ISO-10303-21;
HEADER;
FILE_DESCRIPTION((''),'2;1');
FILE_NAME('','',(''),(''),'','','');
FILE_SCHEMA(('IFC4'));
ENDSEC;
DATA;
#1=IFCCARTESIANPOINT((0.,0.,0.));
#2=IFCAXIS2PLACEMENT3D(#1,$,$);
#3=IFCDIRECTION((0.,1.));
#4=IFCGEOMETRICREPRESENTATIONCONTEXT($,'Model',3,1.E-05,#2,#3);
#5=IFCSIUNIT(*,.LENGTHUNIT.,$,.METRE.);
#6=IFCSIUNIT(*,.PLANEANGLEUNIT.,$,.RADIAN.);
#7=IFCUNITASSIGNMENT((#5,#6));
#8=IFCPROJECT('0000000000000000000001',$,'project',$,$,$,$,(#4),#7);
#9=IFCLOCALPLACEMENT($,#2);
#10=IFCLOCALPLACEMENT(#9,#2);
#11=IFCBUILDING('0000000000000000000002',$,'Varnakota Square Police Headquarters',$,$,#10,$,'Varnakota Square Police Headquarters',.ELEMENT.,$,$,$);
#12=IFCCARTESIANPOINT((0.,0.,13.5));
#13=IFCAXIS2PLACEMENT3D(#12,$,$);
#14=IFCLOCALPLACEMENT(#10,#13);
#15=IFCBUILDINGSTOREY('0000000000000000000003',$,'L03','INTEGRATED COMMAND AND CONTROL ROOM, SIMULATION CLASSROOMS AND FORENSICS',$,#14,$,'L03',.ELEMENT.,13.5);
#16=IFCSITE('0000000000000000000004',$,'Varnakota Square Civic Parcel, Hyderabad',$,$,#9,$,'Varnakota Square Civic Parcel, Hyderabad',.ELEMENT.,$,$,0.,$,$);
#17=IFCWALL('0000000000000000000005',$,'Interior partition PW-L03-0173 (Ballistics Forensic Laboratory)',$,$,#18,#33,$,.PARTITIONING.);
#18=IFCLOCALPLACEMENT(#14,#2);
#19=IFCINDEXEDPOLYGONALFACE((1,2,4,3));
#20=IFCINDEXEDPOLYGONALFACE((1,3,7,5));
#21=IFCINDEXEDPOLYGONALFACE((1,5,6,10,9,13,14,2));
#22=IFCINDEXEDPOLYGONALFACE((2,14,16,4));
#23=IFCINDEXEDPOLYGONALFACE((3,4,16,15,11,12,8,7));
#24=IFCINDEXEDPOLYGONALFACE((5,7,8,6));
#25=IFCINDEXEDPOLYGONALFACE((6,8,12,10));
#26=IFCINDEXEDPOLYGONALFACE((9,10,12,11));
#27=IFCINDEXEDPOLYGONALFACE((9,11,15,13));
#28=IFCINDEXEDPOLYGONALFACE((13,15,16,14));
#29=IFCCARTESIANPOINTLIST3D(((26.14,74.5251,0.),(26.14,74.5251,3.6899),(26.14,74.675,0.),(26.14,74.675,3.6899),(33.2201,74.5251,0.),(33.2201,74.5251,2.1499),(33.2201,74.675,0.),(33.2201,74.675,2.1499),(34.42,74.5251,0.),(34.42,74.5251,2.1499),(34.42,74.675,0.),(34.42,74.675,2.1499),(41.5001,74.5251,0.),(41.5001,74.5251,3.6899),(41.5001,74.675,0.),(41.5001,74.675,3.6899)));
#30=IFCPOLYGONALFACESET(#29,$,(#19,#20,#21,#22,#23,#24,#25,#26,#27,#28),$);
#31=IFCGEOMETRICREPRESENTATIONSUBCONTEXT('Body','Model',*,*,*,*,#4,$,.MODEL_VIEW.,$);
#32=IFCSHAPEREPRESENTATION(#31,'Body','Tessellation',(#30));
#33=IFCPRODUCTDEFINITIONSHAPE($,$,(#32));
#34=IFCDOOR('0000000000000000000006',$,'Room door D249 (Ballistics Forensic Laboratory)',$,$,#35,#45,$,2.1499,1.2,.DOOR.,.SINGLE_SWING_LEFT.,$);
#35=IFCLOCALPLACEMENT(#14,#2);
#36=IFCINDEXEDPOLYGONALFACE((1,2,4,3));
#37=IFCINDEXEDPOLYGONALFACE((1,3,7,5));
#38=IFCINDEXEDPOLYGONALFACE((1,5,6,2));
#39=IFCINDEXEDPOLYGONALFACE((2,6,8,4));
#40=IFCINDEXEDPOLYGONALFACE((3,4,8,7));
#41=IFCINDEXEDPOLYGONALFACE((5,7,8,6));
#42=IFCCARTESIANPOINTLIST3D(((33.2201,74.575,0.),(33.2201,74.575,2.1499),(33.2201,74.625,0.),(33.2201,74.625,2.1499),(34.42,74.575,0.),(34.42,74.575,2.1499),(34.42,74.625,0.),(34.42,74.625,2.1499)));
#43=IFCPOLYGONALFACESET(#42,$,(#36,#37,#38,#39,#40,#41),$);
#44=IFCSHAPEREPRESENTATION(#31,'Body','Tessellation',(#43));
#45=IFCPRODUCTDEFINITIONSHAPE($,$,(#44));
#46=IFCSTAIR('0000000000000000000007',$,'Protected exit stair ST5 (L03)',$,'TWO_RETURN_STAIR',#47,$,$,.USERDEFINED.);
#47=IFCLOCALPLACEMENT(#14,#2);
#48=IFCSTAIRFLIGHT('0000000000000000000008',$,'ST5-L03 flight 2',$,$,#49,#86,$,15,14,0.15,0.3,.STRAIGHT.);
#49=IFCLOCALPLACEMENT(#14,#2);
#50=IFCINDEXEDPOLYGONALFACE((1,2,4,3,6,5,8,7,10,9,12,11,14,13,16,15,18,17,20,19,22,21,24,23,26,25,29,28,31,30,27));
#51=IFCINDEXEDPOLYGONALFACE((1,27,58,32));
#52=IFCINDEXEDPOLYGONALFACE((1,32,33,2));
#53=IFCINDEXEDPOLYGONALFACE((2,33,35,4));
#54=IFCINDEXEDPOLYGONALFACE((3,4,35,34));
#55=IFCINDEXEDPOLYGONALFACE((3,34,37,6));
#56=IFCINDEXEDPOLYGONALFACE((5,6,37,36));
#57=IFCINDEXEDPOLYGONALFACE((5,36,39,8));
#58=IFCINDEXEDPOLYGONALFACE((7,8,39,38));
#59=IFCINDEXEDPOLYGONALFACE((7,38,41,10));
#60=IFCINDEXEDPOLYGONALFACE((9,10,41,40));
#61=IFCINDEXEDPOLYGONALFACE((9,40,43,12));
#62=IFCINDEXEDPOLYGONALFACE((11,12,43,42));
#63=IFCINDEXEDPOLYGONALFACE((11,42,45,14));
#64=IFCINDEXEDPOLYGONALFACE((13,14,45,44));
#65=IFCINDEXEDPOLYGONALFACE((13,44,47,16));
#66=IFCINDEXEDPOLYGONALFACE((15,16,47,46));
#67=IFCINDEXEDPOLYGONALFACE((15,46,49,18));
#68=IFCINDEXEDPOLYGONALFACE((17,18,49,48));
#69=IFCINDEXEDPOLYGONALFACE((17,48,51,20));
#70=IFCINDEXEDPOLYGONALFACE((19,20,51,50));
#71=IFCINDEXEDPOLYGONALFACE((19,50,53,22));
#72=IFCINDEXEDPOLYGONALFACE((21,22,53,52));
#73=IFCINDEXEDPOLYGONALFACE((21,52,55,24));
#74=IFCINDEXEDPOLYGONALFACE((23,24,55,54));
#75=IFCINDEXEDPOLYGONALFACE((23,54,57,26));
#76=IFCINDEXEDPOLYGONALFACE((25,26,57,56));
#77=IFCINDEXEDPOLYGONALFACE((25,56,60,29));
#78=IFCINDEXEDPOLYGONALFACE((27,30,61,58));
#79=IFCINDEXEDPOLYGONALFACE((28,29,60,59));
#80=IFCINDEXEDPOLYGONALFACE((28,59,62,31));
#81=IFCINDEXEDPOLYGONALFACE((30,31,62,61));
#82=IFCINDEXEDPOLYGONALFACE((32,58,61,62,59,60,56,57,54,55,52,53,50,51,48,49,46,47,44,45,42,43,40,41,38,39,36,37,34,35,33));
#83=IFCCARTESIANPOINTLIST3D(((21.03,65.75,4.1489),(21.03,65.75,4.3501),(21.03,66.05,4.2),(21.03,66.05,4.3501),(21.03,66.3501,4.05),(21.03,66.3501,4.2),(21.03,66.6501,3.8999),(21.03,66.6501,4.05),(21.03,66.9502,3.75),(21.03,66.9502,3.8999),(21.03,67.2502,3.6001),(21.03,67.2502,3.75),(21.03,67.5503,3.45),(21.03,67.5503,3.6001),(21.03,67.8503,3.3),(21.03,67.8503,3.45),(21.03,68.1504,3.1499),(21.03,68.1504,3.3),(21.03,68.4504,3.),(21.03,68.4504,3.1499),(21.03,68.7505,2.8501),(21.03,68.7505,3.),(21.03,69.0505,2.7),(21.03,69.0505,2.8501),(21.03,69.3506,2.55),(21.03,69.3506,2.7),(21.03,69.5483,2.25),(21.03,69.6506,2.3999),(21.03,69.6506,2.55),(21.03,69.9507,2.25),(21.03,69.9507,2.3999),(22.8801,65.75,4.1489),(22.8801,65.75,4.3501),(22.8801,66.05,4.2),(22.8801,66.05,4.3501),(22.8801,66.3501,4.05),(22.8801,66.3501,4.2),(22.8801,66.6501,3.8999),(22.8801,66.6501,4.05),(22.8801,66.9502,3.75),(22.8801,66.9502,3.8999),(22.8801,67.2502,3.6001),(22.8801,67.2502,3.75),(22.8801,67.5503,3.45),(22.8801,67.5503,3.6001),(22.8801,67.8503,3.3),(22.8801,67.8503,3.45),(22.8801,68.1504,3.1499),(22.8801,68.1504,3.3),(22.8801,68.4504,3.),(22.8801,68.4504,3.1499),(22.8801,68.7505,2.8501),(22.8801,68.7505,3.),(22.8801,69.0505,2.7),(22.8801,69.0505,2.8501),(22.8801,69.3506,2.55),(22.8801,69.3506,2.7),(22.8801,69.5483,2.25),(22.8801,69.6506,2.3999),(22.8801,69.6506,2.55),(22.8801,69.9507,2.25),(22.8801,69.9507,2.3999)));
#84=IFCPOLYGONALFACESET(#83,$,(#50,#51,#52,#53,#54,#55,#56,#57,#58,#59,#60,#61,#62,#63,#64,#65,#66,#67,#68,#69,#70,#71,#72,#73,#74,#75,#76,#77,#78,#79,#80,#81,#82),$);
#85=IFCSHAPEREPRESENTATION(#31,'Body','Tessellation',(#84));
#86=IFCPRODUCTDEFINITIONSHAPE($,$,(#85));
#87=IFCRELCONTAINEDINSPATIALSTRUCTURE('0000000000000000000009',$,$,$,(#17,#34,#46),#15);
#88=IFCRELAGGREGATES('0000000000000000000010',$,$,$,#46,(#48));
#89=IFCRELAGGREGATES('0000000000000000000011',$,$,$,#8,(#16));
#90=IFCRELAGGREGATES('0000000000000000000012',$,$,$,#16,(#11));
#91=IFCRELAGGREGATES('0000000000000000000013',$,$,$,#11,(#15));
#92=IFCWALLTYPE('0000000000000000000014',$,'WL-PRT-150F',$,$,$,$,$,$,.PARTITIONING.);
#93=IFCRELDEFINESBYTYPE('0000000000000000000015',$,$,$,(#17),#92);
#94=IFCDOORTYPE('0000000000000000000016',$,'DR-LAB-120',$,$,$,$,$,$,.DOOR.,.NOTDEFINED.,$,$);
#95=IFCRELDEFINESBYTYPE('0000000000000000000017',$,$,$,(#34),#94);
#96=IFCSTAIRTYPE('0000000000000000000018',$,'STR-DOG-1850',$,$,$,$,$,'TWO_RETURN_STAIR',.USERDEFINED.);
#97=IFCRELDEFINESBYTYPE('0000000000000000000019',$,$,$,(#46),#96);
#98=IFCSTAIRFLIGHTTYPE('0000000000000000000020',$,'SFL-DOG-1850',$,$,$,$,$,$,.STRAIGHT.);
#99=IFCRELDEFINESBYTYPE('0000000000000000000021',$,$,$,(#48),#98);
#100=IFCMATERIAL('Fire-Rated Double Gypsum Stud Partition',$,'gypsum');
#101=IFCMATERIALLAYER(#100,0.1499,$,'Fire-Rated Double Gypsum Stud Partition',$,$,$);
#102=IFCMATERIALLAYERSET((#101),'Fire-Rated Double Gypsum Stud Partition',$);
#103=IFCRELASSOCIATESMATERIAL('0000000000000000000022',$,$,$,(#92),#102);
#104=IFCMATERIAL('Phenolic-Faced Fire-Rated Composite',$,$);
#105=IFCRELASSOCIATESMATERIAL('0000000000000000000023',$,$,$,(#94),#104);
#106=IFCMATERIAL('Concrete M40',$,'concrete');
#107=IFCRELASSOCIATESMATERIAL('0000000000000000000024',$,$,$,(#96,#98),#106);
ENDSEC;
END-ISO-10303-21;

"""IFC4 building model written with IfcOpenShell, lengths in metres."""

from ifc_helpers import new_model, si_unit, direction, frame, frame_2d, origin, place, context, subcontext, project, spatial, polyline, rectangle, outline, extrude, material, layer, layer_set, type_object, element, fill, aggregate, save


model = new_model("IFC4")

# Units and contexts
model_context = context("Model", 3, precision=1e-05, world=origin(), true_north=direction((0.0, 1.0)))
body_context = subcontext(model_context, "Body", "Model", "MODEL_VIEW")
ifc_project = project(units=[si_unit("LENGTHUNIT", "METRE"), si_unit("PLANEANGLEUNIT", "RADIAN")], contexts=[model_context])

# Site, building, storey
site_placement = place(None, origin())
site = spatial("IfcSite", under=ifc_project, at=site_placement, Name="Varnakota Square Civic Parcel, Hyderabad", LongName="Varnakota Square Civic Parcel, Hyderabad", CompositionType="ELEMENT", RefElevation=0.0)
building_placement = place(site_placement, origin())
building = spatial("IfcBuilding", under=site, at=building_placement, Name="Varnakota Square Police Headquarters", LongName="Varnakota Square Police Headquarters", CompositionType="ELEMENT")
storey_placement = place(building_placement, frame((0.0, 0.0, 13.5)))
storey = spatial("IfcBuildingStorey", under=building, at=storey_placement, Name="L03", Description="INTEGRATED COMMAND AND CONTROL ROOM, SIMULATION CLASSROOMS AND FORENSICS", LongName="L03", CompositionType="ELEMENT", Elevation=13.5)

# Shared definitions
ifc_material_1 = material(Name="Concrete M40", Category="concrete")

# Wall, opening, door
ifc_material_2 = material(Name="Fire-Rated Double Gypsum Stud Partition", Category="gypsum")
ifc_layer_1 = layer(ifc_material_2, 0.1499, Name="Fire-Rated Double Gypsum Stud Partition")
ifc_layer_set_1 = layer_set([ifc_layer_1], Name="Fire-Rated Double Gypsum Stud Partition")
wall_type_1 = type_object("IfcWallType", Name="WL-PRT-150F", PredefinedType="PARTITIONING", material=ifc_layer_set_1)
wall_1_placement = place(storey_placement, frame((26.1399, 74.6001, 0.0), z_axis=(0.0, 0.0, 1.0), x_axis=(1.0, 0.0, 0.0)))
wall_1 = element("IfcWall", 1, at=wall_1_placement, inside=storey, type_object=wall_type_1, Name="Interior partition PW-L03-0173 (Ballistics Forensic Laboratory)", PredefinedType="PARTITIONING", context=body_context, shape_type="SweptSolid", body=[
    extrude(rectangle(XDim=15.3601, YDim=0.1499, at=frame_2d((7.6802, 0.0))), origin(), (0.0, 0.0, 1.0), 3.6899),
])
opening_1_placement = place(wall_1_placement, frame((7.0801, 0.0, 0.0)))
opening_1 = element("IfcOpeningElement", 2, at=opening_1_placement, cuts=wall_1, PredefinedType="OPENING", context=body_context, shape_type="SweptSolid", body=[
    extrude(rectangle(XDim=1.2, YDim=2.1499, at=frame_2d((0.6001, 1.075))), frame((0.0, 0.085, 0.0), z_axis=(0.0, -1.0, 0.0), x_axis=(1.0, 0.0, 0.0)), (0.0, 0.0, 1.0), 0.1699),
])
ifc_material_3 = material(Name="Phenolic-Faced Fire-Rated Composite")
door_type_1 = type_object("IfcDoorType", Name="DR-LAB-120", OperationType="NOTDEFINED", PredefinedType="DOOR", material=ifc_material_3)
door_1_placement = place(opening_1_placement, origin())
door_1 = element("IfcDoor", 3, at=door_1_placement, inside=storey, type_object=door_type_1, Name="Room door D249 (Ballistics Forensic Laboratory)", OperationType="SINGLE_SWING_LEFT", OverallHeight=2.1499, OverallWidth=1.2, PredefinedType="DOOR", context=body_context, shape_type="SweptSolid", body=[
    extrude(rectangle(XDim=1.2, YDim=2.1499, at=frame_2d((0.6001, 1.075))), frame((0.0, 0.0249, 0.0), z_axis=(0.0, -1.0, 0.0), x_axis=(1.0, 0.0, 0.0)), (0.0, 0.0, 1.0), 0.05),
])
fill(opening_1, door_1)

# Stair, stair flight
stair_type = type_object("IfcStairType", Name="STR-DOG-1850", ElementType="TWO_RETURN_STAIR", PredefinedType="USERDEFINED", material=ifc_material_1)
stair_placement = place(storey_placement, origin())
stair = element("IfcStair", 4, at=stair_placement, inside=storey, type_object=stair_type, Name="Protected exit stair ST5 (L03)", ObjectType="TWO_RETURN_STAIR", PredefinedType="USERDEFINED")
stair_flight_type = type_object("IfcStairFlightType", Name="SFL-DOG-1850", PredefinedType="STRAIGHT", material=ifc_material_1)
stair_flight_placement = place(storey_placement, frame((21.9551, 69.9507, 2.25), z_axis=(0.0, 0.0, 1.0), x_axis=(0.0, -1.0, 0.0)))
stair_flight = element("IfcStairFlight", 5, at=stair_flight_placement, type_object=stair_flight_type, Name="ST5-L03 flight 2", NumberOfRisers=15, NumberOfTreads=14, PredefinedType="STRAIGHT", RiserHeight=0.15, TreadLength=0.3, context=body_context, shape_type="SweptSolid", body=[
    extrude(outline(polyline([(0.0, 0.0), (0.0, 0.1499), (0.3, 0.1499), (0.3, 0.3), (0.6001, 0.3), (0.6001, 0.45), (0.9001, 0.45), (0.9001, 0.6001), (1.2002, 0.6001), (1.2002, 0.75), (1.5002, 0.75), (1.5002, 0.8999), (1.8003, 0.8999), (1.8003, 1.05), (2.1003, 1.05), (2.1003, 1.2), (2.4004, 1.2), (2.4004, 1.3501), (2.7004, 1.3501), (2.7004, 1.5), (3.0005, 1.5), (3.0005, 1.6499), (3.3005, 1.6499), (3.3005, 1.8), (3.6006, 1.8), (3.6006, 1.95), (3.9006, 1.95), (3.9006, 2.1001), (4.2007, 2.1001), (4.2007, 2.25), (4.2007, 1.8989), (0.4023, 0.0), (0.0, 0.0)])), frame((0.0, 0.925, 0.0), z_axis=(0.0, -1.0, 0.0), x_axis=(1.0, 0.0, 0.0)), (0.0, 0.0, 1.0), 1.8501),
])
aggregate(stair, [stair_flight])

save(model, "model.ifc")
